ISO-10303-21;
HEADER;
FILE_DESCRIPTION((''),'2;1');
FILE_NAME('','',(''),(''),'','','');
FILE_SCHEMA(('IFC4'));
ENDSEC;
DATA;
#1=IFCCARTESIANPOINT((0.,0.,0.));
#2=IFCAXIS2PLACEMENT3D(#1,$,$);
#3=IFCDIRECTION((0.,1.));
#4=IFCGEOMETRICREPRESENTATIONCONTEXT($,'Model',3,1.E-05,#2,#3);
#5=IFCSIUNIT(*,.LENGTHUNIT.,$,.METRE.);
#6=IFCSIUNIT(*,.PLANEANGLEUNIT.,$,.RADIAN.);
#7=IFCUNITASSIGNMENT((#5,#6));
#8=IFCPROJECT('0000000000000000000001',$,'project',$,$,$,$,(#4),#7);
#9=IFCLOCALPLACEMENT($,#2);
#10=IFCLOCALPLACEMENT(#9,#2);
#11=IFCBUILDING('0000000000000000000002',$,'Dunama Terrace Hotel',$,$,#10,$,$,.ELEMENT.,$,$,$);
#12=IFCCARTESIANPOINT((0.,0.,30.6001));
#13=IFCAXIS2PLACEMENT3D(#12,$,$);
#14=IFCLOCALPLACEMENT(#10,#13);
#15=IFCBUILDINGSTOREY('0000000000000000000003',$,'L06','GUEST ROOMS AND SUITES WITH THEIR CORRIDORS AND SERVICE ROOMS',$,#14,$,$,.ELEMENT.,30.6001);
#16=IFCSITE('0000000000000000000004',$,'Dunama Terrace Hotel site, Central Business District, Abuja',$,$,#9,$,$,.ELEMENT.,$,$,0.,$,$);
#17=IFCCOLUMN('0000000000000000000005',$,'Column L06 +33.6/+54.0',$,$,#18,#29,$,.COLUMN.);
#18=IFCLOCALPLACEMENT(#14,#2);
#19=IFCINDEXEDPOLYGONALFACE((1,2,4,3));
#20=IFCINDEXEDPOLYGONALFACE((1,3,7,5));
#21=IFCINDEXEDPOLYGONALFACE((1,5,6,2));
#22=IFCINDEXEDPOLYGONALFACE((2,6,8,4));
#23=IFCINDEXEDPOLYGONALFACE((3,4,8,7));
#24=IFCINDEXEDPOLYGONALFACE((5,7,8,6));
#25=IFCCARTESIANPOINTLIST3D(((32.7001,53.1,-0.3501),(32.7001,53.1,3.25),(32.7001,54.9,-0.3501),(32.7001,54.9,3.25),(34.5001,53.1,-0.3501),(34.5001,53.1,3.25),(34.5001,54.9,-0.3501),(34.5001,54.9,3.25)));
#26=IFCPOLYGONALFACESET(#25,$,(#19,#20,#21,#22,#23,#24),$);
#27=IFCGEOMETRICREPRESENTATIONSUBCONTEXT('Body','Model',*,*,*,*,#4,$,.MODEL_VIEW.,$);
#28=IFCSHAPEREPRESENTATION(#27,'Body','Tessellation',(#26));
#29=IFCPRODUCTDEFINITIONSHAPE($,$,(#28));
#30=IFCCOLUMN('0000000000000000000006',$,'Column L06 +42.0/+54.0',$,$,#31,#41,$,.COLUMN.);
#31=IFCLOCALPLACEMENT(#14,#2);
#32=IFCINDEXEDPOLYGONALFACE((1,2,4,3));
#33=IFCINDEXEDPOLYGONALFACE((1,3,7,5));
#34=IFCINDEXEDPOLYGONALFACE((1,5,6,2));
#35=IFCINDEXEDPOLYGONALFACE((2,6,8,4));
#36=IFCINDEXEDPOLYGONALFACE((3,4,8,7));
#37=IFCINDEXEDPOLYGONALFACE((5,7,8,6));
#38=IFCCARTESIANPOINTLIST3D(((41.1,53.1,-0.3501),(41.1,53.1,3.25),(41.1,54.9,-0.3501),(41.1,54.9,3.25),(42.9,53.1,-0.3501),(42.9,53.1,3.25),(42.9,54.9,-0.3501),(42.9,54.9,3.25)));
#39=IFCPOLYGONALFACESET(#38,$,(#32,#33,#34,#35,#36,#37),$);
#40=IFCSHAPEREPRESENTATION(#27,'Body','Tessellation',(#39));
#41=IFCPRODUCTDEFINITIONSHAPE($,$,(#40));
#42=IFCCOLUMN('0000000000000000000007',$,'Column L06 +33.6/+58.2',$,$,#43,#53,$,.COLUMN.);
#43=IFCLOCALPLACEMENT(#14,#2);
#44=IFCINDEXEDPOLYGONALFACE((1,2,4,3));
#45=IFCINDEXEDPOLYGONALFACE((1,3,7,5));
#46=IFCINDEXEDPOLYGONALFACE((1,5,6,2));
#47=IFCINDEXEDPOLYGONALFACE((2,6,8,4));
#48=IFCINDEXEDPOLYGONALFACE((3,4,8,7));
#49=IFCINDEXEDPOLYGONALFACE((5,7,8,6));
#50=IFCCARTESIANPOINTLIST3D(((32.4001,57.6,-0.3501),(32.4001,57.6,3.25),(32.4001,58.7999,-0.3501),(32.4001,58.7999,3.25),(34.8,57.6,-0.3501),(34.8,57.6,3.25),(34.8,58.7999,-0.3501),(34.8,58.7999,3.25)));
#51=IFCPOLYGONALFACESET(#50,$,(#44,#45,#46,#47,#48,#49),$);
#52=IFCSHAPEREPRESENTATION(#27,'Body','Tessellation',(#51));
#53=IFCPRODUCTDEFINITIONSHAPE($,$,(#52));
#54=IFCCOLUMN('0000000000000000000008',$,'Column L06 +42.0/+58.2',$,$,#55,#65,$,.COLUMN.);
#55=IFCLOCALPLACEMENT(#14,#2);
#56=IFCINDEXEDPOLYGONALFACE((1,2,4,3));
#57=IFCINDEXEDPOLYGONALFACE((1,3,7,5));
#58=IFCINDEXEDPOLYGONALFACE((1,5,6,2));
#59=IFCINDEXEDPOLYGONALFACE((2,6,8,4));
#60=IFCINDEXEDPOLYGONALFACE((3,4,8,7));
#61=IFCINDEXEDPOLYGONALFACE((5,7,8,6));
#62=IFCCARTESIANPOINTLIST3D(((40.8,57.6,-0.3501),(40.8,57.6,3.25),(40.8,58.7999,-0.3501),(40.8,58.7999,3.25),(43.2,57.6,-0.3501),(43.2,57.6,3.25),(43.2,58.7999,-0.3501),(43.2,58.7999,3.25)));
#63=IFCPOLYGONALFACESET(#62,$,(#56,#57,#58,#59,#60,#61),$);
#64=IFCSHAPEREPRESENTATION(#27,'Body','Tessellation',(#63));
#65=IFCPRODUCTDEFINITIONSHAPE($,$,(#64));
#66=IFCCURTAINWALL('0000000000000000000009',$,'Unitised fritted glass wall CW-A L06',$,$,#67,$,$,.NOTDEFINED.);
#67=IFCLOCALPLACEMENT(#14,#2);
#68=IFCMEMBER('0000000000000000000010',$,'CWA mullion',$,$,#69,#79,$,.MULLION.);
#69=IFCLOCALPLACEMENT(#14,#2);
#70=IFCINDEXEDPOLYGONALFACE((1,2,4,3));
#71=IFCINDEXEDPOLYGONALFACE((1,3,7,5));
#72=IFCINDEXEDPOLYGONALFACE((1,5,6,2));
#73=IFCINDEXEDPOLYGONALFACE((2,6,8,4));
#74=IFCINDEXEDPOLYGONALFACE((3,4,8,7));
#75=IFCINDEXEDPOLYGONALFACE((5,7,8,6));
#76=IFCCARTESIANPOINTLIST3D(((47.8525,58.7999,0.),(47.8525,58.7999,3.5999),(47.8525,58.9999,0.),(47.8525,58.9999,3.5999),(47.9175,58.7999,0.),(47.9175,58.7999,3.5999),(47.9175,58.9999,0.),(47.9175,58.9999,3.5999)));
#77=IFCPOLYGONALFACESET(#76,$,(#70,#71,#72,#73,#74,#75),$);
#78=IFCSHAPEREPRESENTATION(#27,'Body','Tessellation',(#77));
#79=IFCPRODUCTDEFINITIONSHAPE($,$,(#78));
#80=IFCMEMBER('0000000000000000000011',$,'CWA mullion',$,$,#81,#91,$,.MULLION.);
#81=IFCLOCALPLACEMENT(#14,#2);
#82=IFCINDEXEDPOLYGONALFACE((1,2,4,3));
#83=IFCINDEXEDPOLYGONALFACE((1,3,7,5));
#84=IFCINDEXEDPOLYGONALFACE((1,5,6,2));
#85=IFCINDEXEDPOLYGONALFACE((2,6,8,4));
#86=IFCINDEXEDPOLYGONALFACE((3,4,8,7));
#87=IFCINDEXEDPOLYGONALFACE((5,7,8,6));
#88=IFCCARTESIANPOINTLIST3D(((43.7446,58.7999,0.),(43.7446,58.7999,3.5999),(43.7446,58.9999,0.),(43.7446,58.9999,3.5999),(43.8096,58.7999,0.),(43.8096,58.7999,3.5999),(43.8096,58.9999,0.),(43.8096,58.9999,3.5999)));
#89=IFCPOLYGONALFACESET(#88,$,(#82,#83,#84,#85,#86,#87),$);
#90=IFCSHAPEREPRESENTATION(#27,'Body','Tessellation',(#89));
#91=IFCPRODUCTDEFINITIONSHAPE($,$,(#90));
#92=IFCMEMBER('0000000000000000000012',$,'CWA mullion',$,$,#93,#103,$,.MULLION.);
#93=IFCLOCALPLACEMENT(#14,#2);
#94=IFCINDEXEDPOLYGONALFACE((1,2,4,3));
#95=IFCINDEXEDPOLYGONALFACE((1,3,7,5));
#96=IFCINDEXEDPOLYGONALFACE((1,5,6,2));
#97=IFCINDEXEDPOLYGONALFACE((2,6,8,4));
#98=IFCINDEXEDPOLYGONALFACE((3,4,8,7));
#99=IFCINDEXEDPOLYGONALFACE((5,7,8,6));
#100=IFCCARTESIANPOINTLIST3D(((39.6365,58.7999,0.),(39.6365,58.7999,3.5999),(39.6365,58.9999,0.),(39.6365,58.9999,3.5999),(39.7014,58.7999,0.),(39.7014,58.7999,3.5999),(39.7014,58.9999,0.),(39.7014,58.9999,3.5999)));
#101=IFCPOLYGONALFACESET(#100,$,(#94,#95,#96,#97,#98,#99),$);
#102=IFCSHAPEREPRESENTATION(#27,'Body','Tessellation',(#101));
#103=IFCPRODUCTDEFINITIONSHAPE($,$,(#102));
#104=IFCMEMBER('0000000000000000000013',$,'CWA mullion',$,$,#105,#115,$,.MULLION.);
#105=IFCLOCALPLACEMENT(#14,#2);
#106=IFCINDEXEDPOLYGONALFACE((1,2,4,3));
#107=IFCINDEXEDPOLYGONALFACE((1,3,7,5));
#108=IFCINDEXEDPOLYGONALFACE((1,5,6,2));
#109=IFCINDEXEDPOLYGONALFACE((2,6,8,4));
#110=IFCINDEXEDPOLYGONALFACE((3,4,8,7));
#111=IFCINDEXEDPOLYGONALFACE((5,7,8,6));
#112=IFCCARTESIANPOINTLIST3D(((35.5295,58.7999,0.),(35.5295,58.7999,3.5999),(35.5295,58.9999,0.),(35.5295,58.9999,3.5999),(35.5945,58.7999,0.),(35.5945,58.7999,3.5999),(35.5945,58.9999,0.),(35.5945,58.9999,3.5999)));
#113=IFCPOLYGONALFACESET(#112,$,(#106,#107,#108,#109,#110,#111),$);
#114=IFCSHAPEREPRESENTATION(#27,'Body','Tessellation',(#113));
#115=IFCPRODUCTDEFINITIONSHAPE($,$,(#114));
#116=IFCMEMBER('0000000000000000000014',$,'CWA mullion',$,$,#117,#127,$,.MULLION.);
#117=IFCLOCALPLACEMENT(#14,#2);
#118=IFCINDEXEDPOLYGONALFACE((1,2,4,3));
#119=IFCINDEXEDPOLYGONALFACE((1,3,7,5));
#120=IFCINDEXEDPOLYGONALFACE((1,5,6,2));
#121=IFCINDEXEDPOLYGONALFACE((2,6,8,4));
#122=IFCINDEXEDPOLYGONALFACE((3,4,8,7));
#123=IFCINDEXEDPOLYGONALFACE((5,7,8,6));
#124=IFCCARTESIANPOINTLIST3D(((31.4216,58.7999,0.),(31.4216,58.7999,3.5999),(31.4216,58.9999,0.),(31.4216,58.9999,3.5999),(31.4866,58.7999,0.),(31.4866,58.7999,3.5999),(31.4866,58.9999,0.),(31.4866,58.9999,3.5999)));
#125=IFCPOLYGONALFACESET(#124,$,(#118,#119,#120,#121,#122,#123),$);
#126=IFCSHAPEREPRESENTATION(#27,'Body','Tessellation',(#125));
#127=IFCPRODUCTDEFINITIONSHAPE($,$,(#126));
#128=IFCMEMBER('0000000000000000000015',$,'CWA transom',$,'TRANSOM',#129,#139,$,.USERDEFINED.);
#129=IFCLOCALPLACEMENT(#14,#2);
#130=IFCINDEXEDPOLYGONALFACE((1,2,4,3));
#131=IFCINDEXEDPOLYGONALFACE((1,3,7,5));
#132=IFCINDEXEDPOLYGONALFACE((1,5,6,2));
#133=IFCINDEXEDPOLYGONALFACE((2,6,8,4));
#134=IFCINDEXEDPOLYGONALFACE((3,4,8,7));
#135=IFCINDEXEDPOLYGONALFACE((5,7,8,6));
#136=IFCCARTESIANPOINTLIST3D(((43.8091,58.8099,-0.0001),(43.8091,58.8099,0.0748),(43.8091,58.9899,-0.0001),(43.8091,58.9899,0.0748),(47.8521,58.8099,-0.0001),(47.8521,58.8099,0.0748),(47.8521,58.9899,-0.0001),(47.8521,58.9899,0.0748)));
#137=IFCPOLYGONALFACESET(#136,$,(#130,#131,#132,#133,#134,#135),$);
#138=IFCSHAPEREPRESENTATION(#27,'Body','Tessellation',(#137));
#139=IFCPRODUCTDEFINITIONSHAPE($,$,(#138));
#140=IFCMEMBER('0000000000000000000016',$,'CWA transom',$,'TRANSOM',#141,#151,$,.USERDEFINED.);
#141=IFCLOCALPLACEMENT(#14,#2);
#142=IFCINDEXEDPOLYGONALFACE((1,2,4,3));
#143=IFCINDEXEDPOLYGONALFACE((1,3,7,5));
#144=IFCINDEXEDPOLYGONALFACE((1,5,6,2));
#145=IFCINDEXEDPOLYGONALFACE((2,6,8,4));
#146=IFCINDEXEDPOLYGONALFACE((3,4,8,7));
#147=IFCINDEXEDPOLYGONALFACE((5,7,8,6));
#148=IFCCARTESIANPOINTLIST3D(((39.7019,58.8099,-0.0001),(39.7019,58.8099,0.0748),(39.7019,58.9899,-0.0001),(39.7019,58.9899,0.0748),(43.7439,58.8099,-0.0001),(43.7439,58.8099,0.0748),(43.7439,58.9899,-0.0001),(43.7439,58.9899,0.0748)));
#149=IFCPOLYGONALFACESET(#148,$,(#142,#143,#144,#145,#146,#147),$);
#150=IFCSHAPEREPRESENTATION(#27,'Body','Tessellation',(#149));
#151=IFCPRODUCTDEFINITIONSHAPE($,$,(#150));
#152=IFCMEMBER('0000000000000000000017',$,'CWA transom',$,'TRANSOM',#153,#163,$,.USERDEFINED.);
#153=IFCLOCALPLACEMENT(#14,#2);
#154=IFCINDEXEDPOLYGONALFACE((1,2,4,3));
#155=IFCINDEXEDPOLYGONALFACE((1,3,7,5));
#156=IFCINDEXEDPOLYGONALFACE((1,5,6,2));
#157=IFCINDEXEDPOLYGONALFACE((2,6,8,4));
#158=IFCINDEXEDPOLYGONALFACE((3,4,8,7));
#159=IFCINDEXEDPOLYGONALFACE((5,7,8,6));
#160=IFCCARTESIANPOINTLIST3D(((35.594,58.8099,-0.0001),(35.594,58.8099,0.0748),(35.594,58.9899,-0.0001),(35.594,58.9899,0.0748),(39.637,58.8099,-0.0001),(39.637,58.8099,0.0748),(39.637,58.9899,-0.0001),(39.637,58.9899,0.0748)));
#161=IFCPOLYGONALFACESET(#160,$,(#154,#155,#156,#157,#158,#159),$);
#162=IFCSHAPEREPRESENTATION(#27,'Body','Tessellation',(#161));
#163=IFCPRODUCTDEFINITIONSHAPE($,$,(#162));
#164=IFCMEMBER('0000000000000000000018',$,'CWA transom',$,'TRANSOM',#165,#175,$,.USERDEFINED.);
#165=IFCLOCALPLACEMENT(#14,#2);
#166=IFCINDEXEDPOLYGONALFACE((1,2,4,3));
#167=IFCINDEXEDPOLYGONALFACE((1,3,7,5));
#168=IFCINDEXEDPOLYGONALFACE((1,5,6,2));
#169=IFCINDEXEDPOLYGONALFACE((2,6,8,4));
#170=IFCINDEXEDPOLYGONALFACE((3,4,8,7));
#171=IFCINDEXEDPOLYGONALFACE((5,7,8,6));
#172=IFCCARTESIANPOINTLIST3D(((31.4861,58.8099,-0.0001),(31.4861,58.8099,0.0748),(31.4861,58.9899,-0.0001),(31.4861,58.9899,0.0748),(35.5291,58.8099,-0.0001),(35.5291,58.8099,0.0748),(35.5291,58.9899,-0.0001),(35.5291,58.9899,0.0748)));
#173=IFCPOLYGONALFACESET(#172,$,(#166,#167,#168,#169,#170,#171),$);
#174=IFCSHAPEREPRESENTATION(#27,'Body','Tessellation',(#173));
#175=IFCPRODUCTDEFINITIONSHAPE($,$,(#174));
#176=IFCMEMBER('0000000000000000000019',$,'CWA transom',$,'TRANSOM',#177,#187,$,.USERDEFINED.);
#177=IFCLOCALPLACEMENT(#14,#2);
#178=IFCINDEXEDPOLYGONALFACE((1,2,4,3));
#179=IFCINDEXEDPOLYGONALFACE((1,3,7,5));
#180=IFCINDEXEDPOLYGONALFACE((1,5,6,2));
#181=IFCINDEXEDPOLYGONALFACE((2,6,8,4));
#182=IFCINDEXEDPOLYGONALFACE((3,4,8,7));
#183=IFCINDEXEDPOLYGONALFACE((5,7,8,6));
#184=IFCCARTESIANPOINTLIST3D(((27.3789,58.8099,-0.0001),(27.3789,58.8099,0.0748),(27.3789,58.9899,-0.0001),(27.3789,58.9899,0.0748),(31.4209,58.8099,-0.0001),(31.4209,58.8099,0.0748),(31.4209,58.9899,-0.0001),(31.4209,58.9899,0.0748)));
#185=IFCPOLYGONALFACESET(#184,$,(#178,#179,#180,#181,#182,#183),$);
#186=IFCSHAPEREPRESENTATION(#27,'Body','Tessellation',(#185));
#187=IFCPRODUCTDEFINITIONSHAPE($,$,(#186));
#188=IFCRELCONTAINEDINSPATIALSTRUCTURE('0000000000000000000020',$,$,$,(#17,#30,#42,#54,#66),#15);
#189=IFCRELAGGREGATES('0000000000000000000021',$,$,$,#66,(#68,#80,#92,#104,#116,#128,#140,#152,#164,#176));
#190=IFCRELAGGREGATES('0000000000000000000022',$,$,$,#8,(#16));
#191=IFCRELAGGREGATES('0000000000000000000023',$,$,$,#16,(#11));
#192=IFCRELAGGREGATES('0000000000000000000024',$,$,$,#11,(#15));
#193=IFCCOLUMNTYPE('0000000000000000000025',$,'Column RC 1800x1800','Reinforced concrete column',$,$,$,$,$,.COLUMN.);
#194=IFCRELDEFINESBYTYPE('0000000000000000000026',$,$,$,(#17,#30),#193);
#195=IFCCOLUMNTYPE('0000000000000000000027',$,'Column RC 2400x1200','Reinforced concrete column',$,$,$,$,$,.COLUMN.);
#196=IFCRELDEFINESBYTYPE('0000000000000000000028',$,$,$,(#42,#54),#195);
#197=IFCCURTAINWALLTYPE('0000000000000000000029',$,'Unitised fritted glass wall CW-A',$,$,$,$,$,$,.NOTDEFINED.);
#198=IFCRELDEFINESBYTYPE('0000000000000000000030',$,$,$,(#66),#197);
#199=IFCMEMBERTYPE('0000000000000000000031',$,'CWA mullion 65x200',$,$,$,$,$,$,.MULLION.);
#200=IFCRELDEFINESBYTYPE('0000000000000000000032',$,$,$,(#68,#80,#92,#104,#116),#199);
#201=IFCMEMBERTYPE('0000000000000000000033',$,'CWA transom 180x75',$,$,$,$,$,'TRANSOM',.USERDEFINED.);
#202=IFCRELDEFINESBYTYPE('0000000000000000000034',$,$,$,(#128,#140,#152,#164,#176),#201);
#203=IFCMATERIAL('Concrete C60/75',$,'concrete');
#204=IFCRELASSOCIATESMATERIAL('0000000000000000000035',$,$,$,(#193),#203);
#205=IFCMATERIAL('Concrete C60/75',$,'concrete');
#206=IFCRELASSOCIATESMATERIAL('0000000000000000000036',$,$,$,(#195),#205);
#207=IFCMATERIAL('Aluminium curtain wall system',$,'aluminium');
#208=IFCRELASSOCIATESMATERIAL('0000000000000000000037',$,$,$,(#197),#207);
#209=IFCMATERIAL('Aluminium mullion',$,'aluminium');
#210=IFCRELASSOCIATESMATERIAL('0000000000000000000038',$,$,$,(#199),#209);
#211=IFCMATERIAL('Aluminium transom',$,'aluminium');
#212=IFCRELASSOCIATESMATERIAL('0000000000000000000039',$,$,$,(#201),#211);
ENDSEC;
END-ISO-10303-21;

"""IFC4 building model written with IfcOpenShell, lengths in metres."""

from ifc_helpers import new_model, si_unit, direction, frame, origin, origin_2d, place, context, subcontext, project, spatial, rectangle, extrude, material, material_profile, profile_set, type_object, element, aggregate, save


model = new_model("IFC4")

# Units and contexts
model_context = context("Model", 3, precision=1e-05, world=origin(), true_north=direction((0.0, 1.0)))
body_context = subcontext(model_context, "Body", "Model", "MODEL_VIEW")
ifc_project = project(units=[si_unit("LENGTHUNIT", "METRE"), si_unit("PLANEANGLEUNIT", "RADIAN")], contexts=[model_context])

# Site, building, storey
site_placement = place(None, origin())
site = spatial("IfcSite", under=ifc_project, at=site_placement, Name="Dunama Terrace Hotel site, Central Business District, Abuja", CompositionType="ELEMENT", RefElevation=0.0)
building_placement = place(site_placement, origin())
building = spatial("IfcBuilding", under=site, at=building_placement, Name="Dunama Terrace Hotel", CompositionType="ELEMENT")
storey_placement = place(building_placement, frame((0.0, 0.0, 30.6001)))
storey = spatial("IfcBuildingStorey", under=building, at=storey_placement, Name="L06", Description="GUEST ROOMS AND SUITES WITH THEIR CORRIDORS AND SERVICE ROOMS", CompositionType="ELEMENT", Elevation=30.6001)

# Columns
ifc_material_1 = material(Name="Concrete C60/75", Category="concrete")
ifc_material_profile_1 = material_profile(ifc_material_1, rectangle(XDim=1.8, YDim=1.8, at=origin_2d()), Name="RC 1800x1800")
ifc_profile_set_1 = profile_set([ifc_material_profile_1], Name="Concrete C60/75")
column_type_1 = type_object("IfcColumnType", Name="Column RC 1800x1800", Description="Reinforced concrete column", PredefinedType="COLUMN", material=ifc_profile_set_1)
for number, where, z_axis, x_axis, name in (
    (1, (33.6001, 54.0, -0.3501), (0.0, 0.0, 1.0), (1.0, 0.0, 0.0), "Column L06 +33.6/+54.0"),
    (2, (42.0, 54.0, -0.3501), (0.0, 0.0, 1.0), (1.0, 0.0, 0.0), "Column L06 +42.0/+54.0"),
):
    element("IfcColumn", number, at=place(storey_placement, frame(where, z_axis=z_axis, x_axis=x_axis)), inside=storey, type_object=column_type_1, Name=name, PredefinedType="COLUMN", context=body_context, shape_type="SweptSolid", body=[
        extrude(rectangle(XDim=1.8, YDim=1.8, at=origin_2d()), origin(), (0.0, 0.0, 1.0), 3.6001),
    ])
ifc_material_2 = material(Name="Concrete C60/75", Category="concrete")
ifc_material_profile_2 = material_profile(ifc_material_2, rectangle(XDim=2.3999, YDim=1.2, at=origin_2d()), Name="RC 2400x1200")
ifc_profile_set_2 = profile_set([ifc_material_profile_2], Name="Concrete C60/75")
column_type_2 = type_object("IfcColumnType", Name="Column RC 2400x1200", Description="Reinforced concrete column", PredefinedType="COLUMN", material=ifc_profile_set_2)
for number, where, z_axis, x_axis, name in (
    (3, (33.6001, 58.2, -0.3501), (0.0, 0.0, 1.0), (1.0, 0.0, 0.0), "Column L06 +33.6/+58.2"),
    (4, (42.0, 58.2, -0.3501), (0.0, 0.0, 1.0), (1.0, 0.0, 0.0), "Column L06 +42.0/+58.2"),
):
    element("IfcColumn", number, at=place(storey_placement, frame(where, z_axis=z_axis, x_axis=x_axis)), inside=storey, type_object=column_type_2, Name=name, PredefinedType="COLUMN", context=body_context, shape_type="SweptSolid", body=[
        extrude(rectangle(XDim=2.3999, YDim=1.2, at=origin_2d()), origin(), (0.0, 0.0, 1.0), 3.6001),
    ])

# Curtain wall, members
ifc_material_3 = material(Name="Aluminium curtain wall system", Category="aluminium")
curtain_wall_type = type_object("IfcCurtainWallType", Name="Unitised fritted glass wall CW-A", PredefinedType="NOTDEFINED", material=ifc_material_3)
curtain_wall_placement = place(storey_placement, origin())
curtain_wall = element("IfcCurtainWall", 5, at=curtain_wall_placement, inside=storey, type_object=curtain_wall_type, Name="Unitised fritted glass wall CW-A L06", PredefinedType="NOTDEFINED")
ifc_material_4 = material(Name="Aluminium mullion", Category="aluminium")
ifc_material_profile_3 = material_profile(ifc_material_4, rectangle(XDim=0.0649, YDim=0.2, at=origin_2d()), Name="CWA MULLION 65X200")
ifc_profile_set_3 = profile_set([ifc_material_profile_3], Name="Aluminium mullion")
member_type_1 = type_object("IfcMemberType", Name="CWA mullion 65x200", PredefinedType="MULLION", material=ifc_profile_set_3)
member_1_placement = place(storey_placement, frame((47.885, 58.8999, 0.0), z_axis=(0.0, 0.0, 1.0), x_axis=(-1.0, 0.0, 0.0)))
member_1 = element("IfcMember", 6, at=member_1_placement, type_object=member_type_1, Name="CWA mullion", PredefinedType="MULLION", context=body_context, shape_type="SweptSolid", body=[
    extrude(rectangle(XDim=0.0649, YDim=0.2, at=origin_2d()), origin(), (0.0, 0.0, 1.0), 3.5999),
])
member_2_placement = place(storey_placement, frame((43.7771, 58.8999, 0.0), z_axis=(0.0, 0.0, 1.0), x_axis=(-1.0, 0.0, 0.0)))
member_2 = element("IfcMember", 7, at=member_2_placement, type_object=member_type_1, Name="CWA mullion", PredefinedType="MULLION", context=body_context, shape_type="SweptSolid", body=[
    extrude(rectangle(XDim=0.0649, YDim=0.2, at=origin_2d()), origin(), (0.0, 0.0, 1.0), 3.5999),
])
member_3_placement = place(storey_placement, frame((39.6689, 58.8999, 0.0), z_axis=(0.0, 0.0, 1.0), x_axis=(-1.0, 0.0, 0.0)))
member_3 = element("IfcMember", 8, at=member_3_placement, type_object=member_type_1, Name="CWA mullion", PredefinedType="MULLION", context=body_context, shape_type="SweptSolid", body=[
    extrude(rectangle(XDim=0.0649, YDim=0.2, at=origin_2d()), origin(), (0.0, 0.0, 1.0), 3.5999),
])
member_4_placement = place(storey_placement, frame((35.562, 58.8999, 0.0), z_axis=(0.0, 0.0, 1.0), x_axis=(-1.0, 0.0, 0.0)))
member_4 = element("IfcMember", 9, at=member_4_placement, type_object=member_type_1, Name="CWA mullion", PredefinedType="MULLION", context=body_context, shape_type="SweptSolid", body=[
    extrude(rectangle(XDim=0.0649, YDim=0.2, at=origin_2d()), origin(), (0.0, 0.0, 1.0), 3.5999),
])
member_5_placement = place(storey_placement, frame((31.4541, 58.8999, 0.0), z_axis=(0.0, 0.0, 1.0), x_axis=(-1.0, 0.0, 0.0)))
member_5 = element("IfcMember", 10, at=member_5_placement, type_object=member_type_1, Name="CWA mullion", PredefinedType="MULLION", context=body_context, shape_type="SweptSolid", body=[
    extrude(rectangle(XDim=0.0649, YDim=0.2, at=origin_2d()), origin(), (0.0, 0.0, 1.0), 3.5999),
])
ifc_material_5 = material(Name="Aluminium transom", Category="aluminium")
ifc_material_profile_4 = material_profile(ifc_material_5, rectangle(XDim=0.1799, YDim=0.075, at=origin_2d()), Name="CWA TRANSOM 180X75")
ifc_profile_set_4 = profile_set([ifc_material_profile_4], Name="Aluminium transom")
member_type_2 = type_object("IfcMemberType", Name="CWA transom 180x75", ElementType="TRANSOM", PredefinedType="USERDEFINED", material=ifc_profile_set_4)
member_6_placement = place(storey_placement, frame((47.8521, 58.8999, 0.0374), z_axis=(-1.0, 0.0, 0.0), x_axis=(0.0, -1.0, 0.0)))
member_6 = element("IfcMember", 11, at=member_6_placement, type_object=member_type_2, Name="CWA transom", ObjectType="TRANSOM", PredefinedType="USERDEFINED", context=body_context, shape_type="SweptSolid", body=[
    extrude(rectangle(XDim=0.1799, YDim=0.075, at=origin_2d()), origin(), (0.0, 0.0, 1.0), 4.043),
])
member_7_placement = place(storey_placement, frame((43.7439, 58.8999, 0.0374), z_axis=(-1.0, 0.0, 0.0), x_axis=(0.0, -1.0, 0.0)))
member_7 = element("IfcMember", 12, at=member_7_placement, type_object=member_type_2, Name="CWA transom", ObjectType="TRANSOM", PredefinedType="USERDEFINED", context=body_context, shape_type="SweptSolid", body=[
    extrude(rectangle(XDim=0.1799, YDim=0.075, at=origin_2d()), origin(), (0.0, 0.0, 1.0), 4.042),
])
member_8_placement = place(storey_placement, frame((39.637, 58.8999, 0.0374), z_axis=(-1.0, 0.0, 0.0), x_axis=(0.0, -1.0, 0.0)))
member_8 = element("IfcMember", 13, at=member_8_placement, type_object=member_type_2, Name="CWA transom", ObjectType="TRANSOM", PredefinedType="USERDEFINED", context=body_context, shape_type="SweptSolid", body=[
    extrude(rectangle(XDim=0.1799, YDim=0.075, at=origin_2d()), origin(), (0.0, 0.0, 1.0), 4.043),
])
member_9_placement = place(storey_placement, frame((35.5291, 58.8999, 0.0374), z_axis=(-1.0, 0.0, 0.0), x_axis=(0.0, -1.0, 0.0)))
member_9 = element("IfcMember", 14, at=member_9_placement, type_object=member_type_2, Name="CWA transom", ObjectType="TRANSOM", PredefinedType="USERDEFINED", context=body_context, shape_type="SweptSolid", body=[
    extrude(rectangle(XDim=0.1799, YDim=0.075, at=origin_2d()), origin(), (0.0, 0.0, 1.0), 4.043),
])
member_10_placement = place(storey_placement, frame((31.4209, 58.8999, 0.0374), z_axis=(-1.0, 0.0, 0.0), x_axis=(0.0, -1.0, 0.0)))
member_10 = element("IfcMember", 15, at=member_10_placement, type_object=member_type_2, Name="CWA transom", ObjectType="TRANSOM", PredefinedType="USERDEFINED", context=body_context, shape_type="SweptSolid", body=[
    extrude(rectangle(XDim=0.1799, YDim=0.075, at=origin_2d()), origin(), (0.0, 0.0, 1.0), 4.042),
])

aggregate(curtain_wall, [member_1, member_2, member_3, member_4, member_5, member_6, member_7, member_8, member_9, member_10])

save(model, "model.ifc")
